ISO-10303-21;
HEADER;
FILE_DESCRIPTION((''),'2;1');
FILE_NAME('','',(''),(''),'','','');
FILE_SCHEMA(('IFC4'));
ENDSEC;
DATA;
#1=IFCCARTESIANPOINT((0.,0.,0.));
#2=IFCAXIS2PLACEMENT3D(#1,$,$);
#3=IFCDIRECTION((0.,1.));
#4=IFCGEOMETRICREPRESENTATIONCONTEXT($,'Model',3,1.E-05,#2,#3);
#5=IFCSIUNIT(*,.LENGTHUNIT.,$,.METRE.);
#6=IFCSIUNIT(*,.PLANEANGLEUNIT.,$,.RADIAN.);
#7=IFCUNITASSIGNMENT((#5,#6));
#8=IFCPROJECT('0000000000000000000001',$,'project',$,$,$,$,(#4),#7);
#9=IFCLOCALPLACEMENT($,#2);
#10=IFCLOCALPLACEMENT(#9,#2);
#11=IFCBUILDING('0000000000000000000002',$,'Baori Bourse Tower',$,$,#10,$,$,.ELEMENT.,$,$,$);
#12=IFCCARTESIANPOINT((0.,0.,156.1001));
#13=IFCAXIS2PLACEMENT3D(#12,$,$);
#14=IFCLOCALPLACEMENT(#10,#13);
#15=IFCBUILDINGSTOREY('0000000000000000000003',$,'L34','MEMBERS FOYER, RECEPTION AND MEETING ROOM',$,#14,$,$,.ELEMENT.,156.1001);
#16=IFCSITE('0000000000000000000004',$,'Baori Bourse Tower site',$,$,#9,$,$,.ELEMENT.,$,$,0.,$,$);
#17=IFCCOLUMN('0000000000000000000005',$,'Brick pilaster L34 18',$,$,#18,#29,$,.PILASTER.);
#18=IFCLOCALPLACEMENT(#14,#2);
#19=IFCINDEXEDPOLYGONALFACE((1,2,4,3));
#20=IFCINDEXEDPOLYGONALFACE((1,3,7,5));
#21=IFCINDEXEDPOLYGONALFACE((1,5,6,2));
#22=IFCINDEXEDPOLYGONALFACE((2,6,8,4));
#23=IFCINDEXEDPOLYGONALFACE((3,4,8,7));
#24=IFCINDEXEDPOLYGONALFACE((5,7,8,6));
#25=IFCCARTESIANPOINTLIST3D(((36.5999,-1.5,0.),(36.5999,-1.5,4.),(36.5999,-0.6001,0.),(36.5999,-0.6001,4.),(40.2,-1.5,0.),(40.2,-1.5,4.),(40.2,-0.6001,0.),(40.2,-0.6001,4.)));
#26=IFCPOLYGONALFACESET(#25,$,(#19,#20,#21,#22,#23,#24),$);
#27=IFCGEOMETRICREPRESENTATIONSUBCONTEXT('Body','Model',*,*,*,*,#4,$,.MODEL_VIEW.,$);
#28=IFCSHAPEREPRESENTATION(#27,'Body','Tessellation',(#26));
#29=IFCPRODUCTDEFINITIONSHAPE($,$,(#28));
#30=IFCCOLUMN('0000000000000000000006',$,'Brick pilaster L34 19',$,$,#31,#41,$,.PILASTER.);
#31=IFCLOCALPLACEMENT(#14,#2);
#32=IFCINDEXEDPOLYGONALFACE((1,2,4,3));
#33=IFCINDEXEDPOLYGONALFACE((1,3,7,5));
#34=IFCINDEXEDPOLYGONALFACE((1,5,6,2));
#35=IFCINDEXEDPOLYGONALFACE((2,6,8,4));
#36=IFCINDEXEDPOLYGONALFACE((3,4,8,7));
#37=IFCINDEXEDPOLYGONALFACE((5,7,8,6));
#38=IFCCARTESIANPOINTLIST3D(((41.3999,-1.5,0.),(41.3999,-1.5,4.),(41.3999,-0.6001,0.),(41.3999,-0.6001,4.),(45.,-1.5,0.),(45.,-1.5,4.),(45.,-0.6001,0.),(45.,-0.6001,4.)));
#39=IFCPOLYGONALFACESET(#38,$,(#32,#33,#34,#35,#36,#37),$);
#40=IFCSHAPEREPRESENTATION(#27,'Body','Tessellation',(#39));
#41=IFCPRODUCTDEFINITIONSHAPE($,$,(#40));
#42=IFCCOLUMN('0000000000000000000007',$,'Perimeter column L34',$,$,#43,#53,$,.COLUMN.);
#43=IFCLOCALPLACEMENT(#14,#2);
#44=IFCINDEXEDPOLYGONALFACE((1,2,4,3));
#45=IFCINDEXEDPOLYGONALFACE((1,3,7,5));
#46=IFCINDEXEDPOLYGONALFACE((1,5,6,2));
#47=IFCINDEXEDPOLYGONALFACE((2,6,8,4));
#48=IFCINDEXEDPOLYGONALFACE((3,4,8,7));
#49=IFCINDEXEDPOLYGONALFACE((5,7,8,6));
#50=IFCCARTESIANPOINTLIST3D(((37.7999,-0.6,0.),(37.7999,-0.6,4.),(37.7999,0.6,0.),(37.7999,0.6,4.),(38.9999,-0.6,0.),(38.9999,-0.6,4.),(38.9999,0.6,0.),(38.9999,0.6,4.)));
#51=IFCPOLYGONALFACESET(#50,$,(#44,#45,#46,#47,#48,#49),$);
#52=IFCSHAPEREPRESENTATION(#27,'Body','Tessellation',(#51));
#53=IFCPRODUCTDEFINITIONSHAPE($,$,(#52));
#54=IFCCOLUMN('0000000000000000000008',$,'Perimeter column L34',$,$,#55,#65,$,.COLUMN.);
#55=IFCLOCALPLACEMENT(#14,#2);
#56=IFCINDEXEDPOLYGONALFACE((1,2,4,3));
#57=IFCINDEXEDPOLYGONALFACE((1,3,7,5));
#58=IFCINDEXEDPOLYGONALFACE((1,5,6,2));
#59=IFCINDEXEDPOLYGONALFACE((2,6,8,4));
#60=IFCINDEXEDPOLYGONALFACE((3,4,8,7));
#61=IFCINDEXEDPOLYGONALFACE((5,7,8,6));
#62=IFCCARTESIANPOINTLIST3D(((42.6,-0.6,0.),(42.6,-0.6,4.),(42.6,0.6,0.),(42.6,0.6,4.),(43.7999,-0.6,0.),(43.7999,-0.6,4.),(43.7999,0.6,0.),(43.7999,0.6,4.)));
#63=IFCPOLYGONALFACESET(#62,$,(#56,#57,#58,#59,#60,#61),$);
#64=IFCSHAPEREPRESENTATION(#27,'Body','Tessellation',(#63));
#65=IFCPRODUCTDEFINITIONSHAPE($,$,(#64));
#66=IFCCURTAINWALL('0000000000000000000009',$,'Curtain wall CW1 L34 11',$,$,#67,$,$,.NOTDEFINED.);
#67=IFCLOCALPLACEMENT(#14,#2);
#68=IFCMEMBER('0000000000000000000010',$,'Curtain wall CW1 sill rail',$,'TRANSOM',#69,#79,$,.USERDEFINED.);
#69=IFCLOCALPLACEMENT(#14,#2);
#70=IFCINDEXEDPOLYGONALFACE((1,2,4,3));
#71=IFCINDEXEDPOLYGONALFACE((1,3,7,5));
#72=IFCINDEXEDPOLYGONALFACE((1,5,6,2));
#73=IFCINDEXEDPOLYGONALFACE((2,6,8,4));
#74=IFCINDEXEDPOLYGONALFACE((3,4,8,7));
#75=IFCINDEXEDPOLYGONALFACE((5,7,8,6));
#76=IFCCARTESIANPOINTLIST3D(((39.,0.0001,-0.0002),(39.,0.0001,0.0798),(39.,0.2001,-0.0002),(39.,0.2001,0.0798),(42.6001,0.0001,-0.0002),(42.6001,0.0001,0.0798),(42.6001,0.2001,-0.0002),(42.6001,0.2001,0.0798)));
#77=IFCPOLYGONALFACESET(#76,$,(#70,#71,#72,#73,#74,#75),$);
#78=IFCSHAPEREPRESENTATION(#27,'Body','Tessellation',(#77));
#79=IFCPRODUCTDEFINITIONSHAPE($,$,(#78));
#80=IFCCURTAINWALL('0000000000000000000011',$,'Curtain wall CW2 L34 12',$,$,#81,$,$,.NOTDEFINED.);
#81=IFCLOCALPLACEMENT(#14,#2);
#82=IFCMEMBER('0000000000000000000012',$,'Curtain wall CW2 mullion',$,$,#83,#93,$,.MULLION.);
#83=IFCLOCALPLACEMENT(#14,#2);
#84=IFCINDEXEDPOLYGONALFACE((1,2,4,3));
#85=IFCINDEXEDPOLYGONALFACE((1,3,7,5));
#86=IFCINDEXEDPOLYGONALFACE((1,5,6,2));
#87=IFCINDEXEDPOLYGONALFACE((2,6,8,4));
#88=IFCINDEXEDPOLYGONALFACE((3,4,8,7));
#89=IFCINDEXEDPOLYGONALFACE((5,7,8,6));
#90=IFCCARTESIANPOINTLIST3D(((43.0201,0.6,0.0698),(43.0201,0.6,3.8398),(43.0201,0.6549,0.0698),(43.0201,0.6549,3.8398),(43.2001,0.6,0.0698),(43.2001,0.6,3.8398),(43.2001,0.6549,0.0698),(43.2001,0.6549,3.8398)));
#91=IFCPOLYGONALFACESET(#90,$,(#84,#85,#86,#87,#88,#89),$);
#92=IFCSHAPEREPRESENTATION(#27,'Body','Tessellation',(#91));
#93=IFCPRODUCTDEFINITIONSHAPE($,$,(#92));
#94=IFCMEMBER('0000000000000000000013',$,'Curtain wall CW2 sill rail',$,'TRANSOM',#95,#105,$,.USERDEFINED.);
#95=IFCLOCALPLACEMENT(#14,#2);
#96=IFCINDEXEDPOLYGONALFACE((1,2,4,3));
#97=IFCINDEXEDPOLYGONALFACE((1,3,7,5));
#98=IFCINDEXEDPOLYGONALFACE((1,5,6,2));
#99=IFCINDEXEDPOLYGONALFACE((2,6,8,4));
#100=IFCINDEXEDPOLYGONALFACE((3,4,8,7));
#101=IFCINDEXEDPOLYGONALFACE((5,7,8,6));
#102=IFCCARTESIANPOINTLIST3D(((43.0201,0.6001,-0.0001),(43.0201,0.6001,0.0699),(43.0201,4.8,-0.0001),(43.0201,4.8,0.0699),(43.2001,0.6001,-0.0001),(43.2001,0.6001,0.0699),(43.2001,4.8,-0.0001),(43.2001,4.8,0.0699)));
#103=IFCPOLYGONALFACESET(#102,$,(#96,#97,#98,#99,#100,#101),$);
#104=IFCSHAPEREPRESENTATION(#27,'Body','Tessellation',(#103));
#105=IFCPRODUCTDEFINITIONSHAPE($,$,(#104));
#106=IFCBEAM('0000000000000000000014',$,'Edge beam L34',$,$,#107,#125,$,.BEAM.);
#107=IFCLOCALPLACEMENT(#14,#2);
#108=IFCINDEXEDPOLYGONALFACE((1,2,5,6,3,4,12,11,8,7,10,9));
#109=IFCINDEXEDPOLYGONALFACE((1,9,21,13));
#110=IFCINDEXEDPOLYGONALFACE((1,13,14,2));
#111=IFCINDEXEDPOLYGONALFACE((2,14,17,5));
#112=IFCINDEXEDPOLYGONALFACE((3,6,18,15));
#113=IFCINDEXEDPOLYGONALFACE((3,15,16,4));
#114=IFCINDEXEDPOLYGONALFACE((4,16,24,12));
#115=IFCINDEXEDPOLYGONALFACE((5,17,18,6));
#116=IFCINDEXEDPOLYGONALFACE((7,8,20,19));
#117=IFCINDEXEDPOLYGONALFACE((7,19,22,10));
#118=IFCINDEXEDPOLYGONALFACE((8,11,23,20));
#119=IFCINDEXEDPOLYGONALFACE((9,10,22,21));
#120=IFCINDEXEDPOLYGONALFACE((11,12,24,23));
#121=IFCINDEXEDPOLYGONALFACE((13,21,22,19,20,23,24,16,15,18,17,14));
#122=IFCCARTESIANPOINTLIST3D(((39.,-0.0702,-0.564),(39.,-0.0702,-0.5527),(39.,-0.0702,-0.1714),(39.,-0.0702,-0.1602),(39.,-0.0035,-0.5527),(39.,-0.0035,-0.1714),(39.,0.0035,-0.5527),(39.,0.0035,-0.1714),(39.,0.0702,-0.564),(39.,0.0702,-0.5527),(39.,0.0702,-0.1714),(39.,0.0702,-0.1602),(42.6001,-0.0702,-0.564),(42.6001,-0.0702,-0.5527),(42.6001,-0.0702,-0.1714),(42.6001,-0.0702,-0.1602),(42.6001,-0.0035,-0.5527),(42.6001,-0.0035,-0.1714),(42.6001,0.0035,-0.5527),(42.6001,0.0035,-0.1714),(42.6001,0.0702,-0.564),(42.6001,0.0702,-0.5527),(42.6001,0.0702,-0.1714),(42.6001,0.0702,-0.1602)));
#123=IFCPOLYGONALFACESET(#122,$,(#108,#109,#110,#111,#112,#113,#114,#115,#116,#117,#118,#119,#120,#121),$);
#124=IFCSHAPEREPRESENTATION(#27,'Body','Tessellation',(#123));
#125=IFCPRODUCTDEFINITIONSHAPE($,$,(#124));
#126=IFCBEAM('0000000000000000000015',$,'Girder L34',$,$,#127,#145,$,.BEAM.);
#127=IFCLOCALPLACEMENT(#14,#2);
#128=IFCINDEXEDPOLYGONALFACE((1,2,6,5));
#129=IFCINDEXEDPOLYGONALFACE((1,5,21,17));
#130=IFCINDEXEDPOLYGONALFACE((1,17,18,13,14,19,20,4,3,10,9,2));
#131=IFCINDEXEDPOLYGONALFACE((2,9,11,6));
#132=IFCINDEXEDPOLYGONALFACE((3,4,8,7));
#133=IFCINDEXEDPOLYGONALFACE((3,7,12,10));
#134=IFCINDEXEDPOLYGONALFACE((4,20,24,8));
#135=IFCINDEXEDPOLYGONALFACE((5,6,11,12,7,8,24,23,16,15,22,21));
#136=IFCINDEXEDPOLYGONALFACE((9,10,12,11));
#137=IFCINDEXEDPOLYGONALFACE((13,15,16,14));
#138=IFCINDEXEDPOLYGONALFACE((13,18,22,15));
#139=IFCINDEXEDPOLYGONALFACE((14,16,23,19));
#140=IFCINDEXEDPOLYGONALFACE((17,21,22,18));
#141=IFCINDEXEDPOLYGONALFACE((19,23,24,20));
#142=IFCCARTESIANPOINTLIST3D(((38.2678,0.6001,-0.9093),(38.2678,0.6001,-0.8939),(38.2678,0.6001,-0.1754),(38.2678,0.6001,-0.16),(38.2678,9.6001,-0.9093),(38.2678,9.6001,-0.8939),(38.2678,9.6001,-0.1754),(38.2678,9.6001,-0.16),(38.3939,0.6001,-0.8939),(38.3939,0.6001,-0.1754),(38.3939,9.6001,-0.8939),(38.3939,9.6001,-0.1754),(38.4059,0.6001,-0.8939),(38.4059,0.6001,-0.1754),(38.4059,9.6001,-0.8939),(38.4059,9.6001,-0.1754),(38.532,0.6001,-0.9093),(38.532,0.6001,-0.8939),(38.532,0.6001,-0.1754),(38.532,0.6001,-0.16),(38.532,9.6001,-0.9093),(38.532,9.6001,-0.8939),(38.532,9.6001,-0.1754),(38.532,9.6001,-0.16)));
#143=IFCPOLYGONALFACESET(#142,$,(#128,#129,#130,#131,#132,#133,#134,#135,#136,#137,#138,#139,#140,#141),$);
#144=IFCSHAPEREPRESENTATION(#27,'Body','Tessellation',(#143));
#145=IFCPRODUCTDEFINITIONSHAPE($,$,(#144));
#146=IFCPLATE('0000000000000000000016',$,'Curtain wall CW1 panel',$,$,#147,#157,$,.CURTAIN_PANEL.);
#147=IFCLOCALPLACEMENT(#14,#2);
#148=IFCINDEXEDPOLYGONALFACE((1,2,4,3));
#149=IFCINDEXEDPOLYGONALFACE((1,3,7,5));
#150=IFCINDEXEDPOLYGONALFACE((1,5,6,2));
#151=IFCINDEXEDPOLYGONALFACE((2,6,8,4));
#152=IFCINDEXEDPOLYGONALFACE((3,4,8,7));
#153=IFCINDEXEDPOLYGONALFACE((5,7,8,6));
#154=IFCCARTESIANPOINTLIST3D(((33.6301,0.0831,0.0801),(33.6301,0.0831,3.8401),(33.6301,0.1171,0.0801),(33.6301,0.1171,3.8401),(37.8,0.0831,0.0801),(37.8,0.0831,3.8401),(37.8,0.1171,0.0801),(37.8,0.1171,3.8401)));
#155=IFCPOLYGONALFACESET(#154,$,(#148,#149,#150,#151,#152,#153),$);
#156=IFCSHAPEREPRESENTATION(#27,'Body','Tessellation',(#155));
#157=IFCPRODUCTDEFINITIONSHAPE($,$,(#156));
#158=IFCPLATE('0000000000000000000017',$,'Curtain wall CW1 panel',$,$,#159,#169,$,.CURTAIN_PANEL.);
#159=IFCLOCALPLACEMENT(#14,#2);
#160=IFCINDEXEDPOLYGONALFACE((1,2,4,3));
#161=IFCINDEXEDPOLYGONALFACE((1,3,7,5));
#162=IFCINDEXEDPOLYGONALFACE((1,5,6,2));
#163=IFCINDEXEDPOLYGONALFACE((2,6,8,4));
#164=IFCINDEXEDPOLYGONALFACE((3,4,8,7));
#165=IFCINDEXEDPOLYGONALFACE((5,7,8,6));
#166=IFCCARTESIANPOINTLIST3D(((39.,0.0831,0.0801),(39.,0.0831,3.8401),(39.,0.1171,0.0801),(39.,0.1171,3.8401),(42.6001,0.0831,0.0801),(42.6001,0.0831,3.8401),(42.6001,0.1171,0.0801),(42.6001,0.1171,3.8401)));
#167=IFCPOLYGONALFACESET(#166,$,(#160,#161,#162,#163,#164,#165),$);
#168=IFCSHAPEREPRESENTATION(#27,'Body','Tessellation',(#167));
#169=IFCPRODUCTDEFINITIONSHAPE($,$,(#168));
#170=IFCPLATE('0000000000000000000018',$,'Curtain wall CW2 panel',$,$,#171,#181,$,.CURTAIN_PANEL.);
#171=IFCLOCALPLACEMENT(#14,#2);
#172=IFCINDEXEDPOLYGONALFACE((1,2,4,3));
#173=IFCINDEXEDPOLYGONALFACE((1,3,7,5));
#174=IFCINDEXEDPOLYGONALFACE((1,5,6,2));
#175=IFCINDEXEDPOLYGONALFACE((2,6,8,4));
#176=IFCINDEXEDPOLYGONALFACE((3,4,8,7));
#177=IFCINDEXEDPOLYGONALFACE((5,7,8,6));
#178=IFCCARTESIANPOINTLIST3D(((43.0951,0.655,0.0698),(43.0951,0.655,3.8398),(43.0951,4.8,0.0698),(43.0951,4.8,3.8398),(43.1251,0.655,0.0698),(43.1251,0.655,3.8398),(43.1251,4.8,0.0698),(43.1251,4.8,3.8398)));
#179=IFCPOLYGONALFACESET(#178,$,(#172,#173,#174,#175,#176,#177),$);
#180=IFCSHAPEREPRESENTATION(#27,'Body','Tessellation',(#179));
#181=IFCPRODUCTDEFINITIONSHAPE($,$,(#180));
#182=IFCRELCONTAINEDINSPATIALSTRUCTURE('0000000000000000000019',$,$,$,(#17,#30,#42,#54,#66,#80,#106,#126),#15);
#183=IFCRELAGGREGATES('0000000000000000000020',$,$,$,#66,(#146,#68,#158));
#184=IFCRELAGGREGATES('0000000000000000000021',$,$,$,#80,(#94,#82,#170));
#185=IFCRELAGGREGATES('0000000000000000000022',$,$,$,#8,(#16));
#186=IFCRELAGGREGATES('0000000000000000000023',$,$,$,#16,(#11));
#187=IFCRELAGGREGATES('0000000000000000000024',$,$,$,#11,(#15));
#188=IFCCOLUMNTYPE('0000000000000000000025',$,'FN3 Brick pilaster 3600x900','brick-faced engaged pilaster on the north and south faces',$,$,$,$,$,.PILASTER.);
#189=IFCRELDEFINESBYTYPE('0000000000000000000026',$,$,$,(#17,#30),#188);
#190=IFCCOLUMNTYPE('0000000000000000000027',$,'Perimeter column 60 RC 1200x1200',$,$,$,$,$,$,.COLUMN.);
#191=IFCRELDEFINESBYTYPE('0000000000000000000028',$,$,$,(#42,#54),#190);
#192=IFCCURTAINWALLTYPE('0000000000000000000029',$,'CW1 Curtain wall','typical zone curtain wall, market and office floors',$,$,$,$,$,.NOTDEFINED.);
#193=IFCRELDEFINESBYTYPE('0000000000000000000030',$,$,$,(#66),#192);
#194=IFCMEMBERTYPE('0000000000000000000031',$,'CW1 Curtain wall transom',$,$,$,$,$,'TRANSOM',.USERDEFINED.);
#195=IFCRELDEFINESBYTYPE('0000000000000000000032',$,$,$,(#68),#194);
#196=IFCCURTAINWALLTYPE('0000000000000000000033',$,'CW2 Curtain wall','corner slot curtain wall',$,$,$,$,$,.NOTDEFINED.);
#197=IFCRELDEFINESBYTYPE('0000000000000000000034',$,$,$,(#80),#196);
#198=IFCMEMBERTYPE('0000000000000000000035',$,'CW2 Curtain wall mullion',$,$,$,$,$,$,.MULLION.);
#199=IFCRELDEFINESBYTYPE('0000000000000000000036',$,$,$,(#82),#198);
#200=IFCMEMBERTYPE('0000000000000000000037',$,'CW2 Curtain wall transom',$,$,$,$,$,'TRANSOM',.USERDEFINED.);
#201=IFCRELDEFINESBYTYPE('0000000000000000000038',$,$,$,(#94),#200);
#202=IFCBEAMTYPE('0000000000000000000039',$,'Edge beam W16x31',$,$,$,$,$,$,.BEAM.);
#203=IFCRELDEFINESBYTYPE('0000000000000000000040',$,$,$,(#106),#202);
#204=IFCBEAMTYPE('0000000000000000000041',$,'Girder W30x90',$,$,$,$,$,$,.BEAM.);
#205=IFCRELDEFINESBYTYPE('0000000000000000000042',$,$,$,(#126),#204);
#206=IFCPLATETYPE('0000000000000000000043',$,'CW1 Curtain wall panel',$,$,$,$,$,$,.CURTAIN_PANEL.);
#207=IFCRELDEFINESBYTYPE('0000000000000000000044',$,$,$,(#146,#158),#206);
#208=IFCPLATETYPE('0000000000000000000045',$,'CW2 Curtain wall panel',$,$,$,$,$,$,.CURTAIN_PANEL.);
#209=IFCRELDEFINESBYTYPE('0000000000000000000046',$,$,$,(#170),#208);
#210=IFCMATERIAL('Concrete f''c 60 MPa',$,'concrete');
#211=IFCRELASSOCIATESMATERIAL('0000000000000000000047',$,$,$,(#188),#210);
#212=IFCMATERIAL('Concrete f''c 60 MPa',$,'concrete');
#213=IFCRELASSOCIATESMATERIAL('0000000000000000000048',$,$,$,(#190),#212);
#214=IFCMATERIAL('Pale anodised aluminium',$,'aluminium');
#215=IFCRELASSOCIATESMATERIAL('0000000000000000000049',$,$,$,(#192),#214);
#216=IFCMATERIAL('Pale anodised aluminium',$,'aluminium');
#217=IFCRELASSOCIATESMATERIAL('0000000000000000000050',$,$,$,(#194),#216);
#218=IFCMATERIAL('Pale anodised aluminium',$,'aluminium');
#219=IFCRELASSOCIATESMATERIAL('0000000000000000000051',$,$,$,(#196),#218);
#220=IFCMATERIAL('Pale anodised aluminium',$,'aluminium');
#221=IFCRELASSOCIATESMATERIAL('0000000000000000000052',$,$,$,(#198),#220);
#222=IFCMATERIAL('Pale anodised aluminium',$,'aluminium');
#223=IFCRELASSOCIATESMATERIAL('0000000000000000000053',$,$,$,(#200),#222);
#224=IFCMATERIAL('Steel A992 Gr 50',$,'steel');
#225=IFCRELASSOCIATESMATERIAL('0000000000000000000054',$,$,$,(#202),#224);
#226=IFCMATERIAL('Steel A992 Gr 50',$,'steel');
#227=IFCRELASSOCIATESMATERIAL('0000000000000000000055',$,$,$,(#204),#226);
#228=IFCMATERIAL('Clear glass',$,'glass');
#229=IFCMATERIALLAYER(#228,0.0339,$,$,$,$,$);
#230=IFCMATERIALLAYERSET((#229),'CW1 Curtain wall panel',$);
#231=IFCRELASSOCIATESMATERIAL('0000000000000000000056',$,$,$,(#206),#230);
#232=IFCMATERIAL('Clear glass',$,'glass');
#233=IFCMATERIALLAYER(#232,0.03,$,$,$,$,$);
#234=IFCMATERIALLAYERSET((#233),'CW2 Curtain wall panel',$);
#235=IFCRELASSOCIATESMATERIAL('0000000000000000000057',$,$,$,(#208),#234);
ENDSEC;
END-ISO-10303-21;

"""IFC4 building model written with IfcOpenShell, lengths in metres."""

from ifc_helpers import new_model, si_unit, direction, frame, origin, origin_2d, place, context, subcontext, project, spatial, rectangle, i_section, extrude, material, layer, layer_set, material_profile, profile_set, type_object, element, aggregate, save


model = new_model("IFC4")

# Units and contexts
model_context = context("Model", 3, precision=1e-05, world=origin(), true_north=direction((0.0, 1.0)))
body_context = subcontext(model_context, "Body", "Model", "MODEL_VIEW")
ifc_project = project(units=[si_unit("LENGTHUNIT", "METRE"), si_unit("PLANEANGLEUNIT", "RADIAN")], contexts=[model_context])

# Site, building, storey
site_placement = place(None, origin())
site = spatial("IfcSite", under=ifc_project, at=site_placement, Name="Baori Bourse Tower site", CompositionType="ELEMENT", RefElevation=0.0)
building_placement = place(site_placement, origin())
building = spatial("IfcBuilding", under=site, at=building_placement, Name="Baori Bourse Tower", CompositionType="ELEMENT")
storey_placement = place(building_placement, frame((0.0, 0.0, 156.1001)))
storey = spatial("IfcBuildingStorey", under=building, at=storey_placement, Name="L34", Description="MEMBERS FOYER, RECEPTION AND MEETING ROOM", CompositionType="ELEMENT", Elevation=156.1001)

# Columns
ifc_material_1 = material(Name="Concrete f'c 60 MPa", Category="concrete")
ifc_material_profile_1 = material_profile(ifc_material_1, rectangle(XDim=3.6001, YDim=0.8999, at=origin_2d()), Name="RC 3600x900")
ifc_profile_set_1 = profile_set([ifc_material_profile_1], Name="Concrete f'c 60 MPa")
column_type_1 = type_object("IfcColumnType", Name="FN3 Brick pilaster 3600x900", Description="brick-faced engaged pilaster on the north and south faces", PredefinedType="PILASTER", material=ifc_profile_set_1)
for number, where, z_axis, x_axis, name in (
    (1, (38.3999, -1.05, 0.0), (0.0, 0.0, 1.0), (1.0, 0.0, 0.0), "Brick pilaster L34 18"),
    (2, (43.2, -1.05, 0.0), (0.0, 0.0, 1.0), (1.0, 0.0, 0.0), "Brick pilaster L34 19"),
):
    element("IfcColumn", number, at=place(storey_placement, frame(where, z_axis=z_axis, x_axis=x_axis)), inside=storey, type_object=column_type_1, Name=name, PredefinedType="PILASTER", context=body_context, shape_type="SweptSolid", body=[
        extrude(rectangle(XDim=3.6001, YDim=0.8999, at=origin_2d()), origin(), (0.0, 0.0, 1.0), 4.0),
    ])
ifc_material_2 = material(Name="Concrete f'c 60 MPa", Category="concrete")
ifc_material_profile_2 = material_profile(ifc_material_2, rectangle(XDim=1.2, YDim=1.2, at=origin_2d()), Name="RC 1200x1200")
ifc_profile_set_2 = profile_set([ifc_material_profile_2], Name="Concrete f'c 60 MPa")
column_type_2 = type_object("IfcColumnType", Name="Perimeter column 60 RC 1200x1200", PredefinedType="COLUMN", material=ifc_profile_set_2)
for number, where, z_axis, x_axis, name in (
    (3, (38.3999, 0.0, 0.0), (0.0, 0.0, 1.0), (1.0, 0.0, 0.0), "Perimeter column L34"),
    (4, (43.2, 0.0, 0.0), (0.0, 0.0, 1.0), (1.0, 0.0, 0.0), "Perimeter column L34"),
):
    element("IfcColumn", number, at=place(storey_placement, frame(where, z_axis=z_axis, x_axis=x_axis)), inside=storey, type_object=column_type_2, Name=name, PredefinedType="COLUMN", context=body_context, shape_type="SweptSolid", body=[
        extrude(rectangle(XDim=1.2, YDim=1.2, at=origin_2d()), origin(), (0.0, 0.0, 1.0), 4.0),
    ])

# Curtain wall, member
ifc_material_3 = material(Name="Pale anodised aluminium", Category="aluminium")
curtain_wall_type_1 = type_object("IfcCurtainWallType", Name="CW1 Curtain wall", Description="typical zone curtain wall, market and office floors", PredefinedType="NOTDEFINED", material=ifc_material_3)
curtain_wall_1_placement = place(storey_placement, origin())
curtain_wall_1 = element("IfcCurtainWall", 5, at=curtain_wall_1_placement, inside=storey, type_object=curtain_wall_type_1, Name="Curtain wall CW1 L34 11", PredefinedType="NOTDEFINED")
ifc_material_4 = material(Name="Pale anodised aluminium", Category="aluminium")
ifc_material_profile_3 = material_profile(ifc_material_4, rectangle(XDim=0.2, YDim=0.0801, at=origin_2d()), Name="Transom 80x200")
ifc_profile_set_3 = profile_set([ifc_material_profile_3], Name="Pale anodised aluminium")
member_type_1 = type_object("IfcMemberType", Name="CW1 Curtain wall transom", ElementType="TRANSOM", PredefinedType="USERDEFINED", material=ifc_profile_set_3)
member_1_placement = place(storey_placement, frame((39.0, 0.1001, 0.0398), z_axis=(1.0, 0.0, 0.0), x_axis=(0.0, 1.0, 0.0)))
member_1 = element("IfcMember", 6, at=member_1_placement, type_object=member_type_1, Name="Curtain wall CW1 sill rail", ObjectType="TRANSOM", PredefinedType="USERDEFINED", context=body_context, shape_type="SweptSolid", body=[
    extrude(rectangle(XDim=0.2, YDim=0.0801, at=origin_2d()), origin(), (0.0, 0.0, 1.0), 3.6001),
])

# Curtain wall, members
ifc_material_5 = material(Name="Pale anodised aluminium", Category="aluminium")
curtain_wall_type_2 = type_object("IfcCurtainWallType", Name="CW2 Curtain wall", Description="corner slot curtain wall", PredefinedType="NOTDEFINED", material=ifc_material_5)
curtain_wall_2_placement = place(storey_placement, origin())
curtain_wall_2 = element("IfcCurtainWall", 7, at=curtain_wall_2_placement, inside=storey, type_object=curtain_wall_type_2, Name="Curtain wall CW2 L34 12", PredefinedType="NOTDEFINED")
ifc_material_6 = material(Name="Pale anodised aluminium", Category="aluminium")
ifc_material_profile_4 = material_profile(ifc_material_6, rectangle(XDim=0.1799, YDim=0.0549, at=origin_2d()), Name="Mullion 55x180")
ifc_profile_set_4 = profile_set([ifc_material_profile_4], Name="Pale anodised aluminium")
member_type_2 = type_object("IfcMemberType", Name="CW2 Curtain wall mullion", PredefinedType="MULLION", material=ifc_profile_set_4)
member_2_placement = place(storey_placement, frame((43.1101, 0.6274, 0.0698), z_axis=(0.0, 0.0, 1.0), x_axis=(-1.0, 0.0, 0.0)))
member_2 = element("IfcMember", 8, at=member_2_placement, type_object=member_type_2, Name="Curtain wall CW2 mullion", PredefinedType="MULLION", context=body_context, shape_type="SweptSolid", body=[
    extrude(rectangle(XDim=0.1799, YDim=0.0549, at=origin_2d()), origin(), (0.0, 0.0, 1.0), 3.77),
])
ifc_material_7 = material(Name="Pale anodised aluminium", Category="aluminium")
ifc_material_profile_5 = material_profile(ifc_material_7, rectangle(XDim=0.1799, YDim=0.0701, at=origin_2d()), Name="Transom 70x180")
ifc_profile_set_5 = profile_set([ifc_material_profile_5], Name="Pale anodised aluminium")
member_type_3 = type_object("IfcMemberType", Name="CW2 Curtain wall transom", ElementType="TRANSOM", PredefinedType="USERDEFINED", material=ifc_profile_set_5)
member_3_placement = place(storey_placement, frame((43.1101, 0.6001, 0.0349), z_axis=(0.0, 1.0, 0.0), x_axis=(-1.0, 0.0, 0.0)))
member_3 = element("IfcMember", 9, at=member_3_placement, type_object=member_type_3, Name="Curtain wall CW2 sill rail", ObjectType="TRANSOM", PredefinedType="USERDEFINED", context=body_context, shape_type="SweptSolid", body=[
    extrude(rectangle(XDim=0.1799, YDim=0.0701, at=origin_2d()), origin(), (0.0, 0.0, 1.0), 4.2),
])

# Beams
ifc_material_8 = material(Name="Steel A992 Gr 50", Category="steel")
ifc_material_profile_6 = material_profile(ifc_material_8, i_section(OverallWidth=0.1404, OverallDepth=0.4038, WebThickness=0.0071, FlangeThickness=0.0112, at=origin_2d()), Name="W16x31")
ifc_profile_set_6 = profile_set([ifc_material_profile_6], Name="Steel A992 Gr 50")
beam_type_1 = type_object("IfcBeamType", Name="Edge beam W16x31", PredefinedType="BEAM", material=ifc_profile_set_6)
beam_1_placement = place(storey_placement, frame((39.0, 0.0, -0.3621), z_axis=(1.0, 0.0, 0.0), x_axis=(0.0, 1.0, 0.0)))
element("IfcBeam", 10, at=beam_1_placement, inside=storey, type_object=beam_type_1, Name="Edge beam L34", PredefinedType="BEAM", context=body_context, shape_type="SweptSolid", body=[
    extrude(i_section(OverallWidth=0.1404, OverallDepth=0.4038, WebThickness=0.0071, FlangeThickness=0.0112, at=origin_2d()), origin(), (0.0, 0.0, 1.0), 3.6001),
])
ifc_material_9 = material(Name="Steel A992 Gr 50", Category="steel")
ifc_material_profile_7 = material_profile(ifc_material_9, i_section(OverallWidth=0.2642, OverallDepth=0.7493, WebThickness=0.012, FlangeThickness=0.0154, at=origin_2d()), Name="W30x90")
ifc_profile_set_7 = profile_set([ifc_material_profile_7], Name="Steel A992 Gr 50")
beam_type_2 = type_object("IfcBeamType", Name="Girder W30x90", PredefinedType="BEAM", material=ifc_profile_set_7)
beam_2_placement = place(storey_placement, frame((38.3999, 0.6001, -0.5347), z_axis=(0.0, 1.0, 0.0), x_axis=(-1.0, 0.0, 0.0)))
element("IfcBeam", 11, at=beam_2_placement, inside=storey, type_object=beam_type_2, Name="Girder L34", PredefinedType="BEAM", context=body_context, shape_type="SweptSolid", body=[
    extrude(i_section(OverallWidth=0.2642, OverallDepth=0.7493, WebThickness=0.012, FlangeThickness=0.0154, at=origin_2d()), origin(), (0.0, 0.0, 1.0), 9.0),
])

# Plates
ifc_material_10 = material(Name="Clear glass", Category="glass")
ifc_layer_1 = layer(ifc_material_10, 0.0339)
ifc_layer_set_1 = layer_set([ifc_layer_1], Name="CW1 Curtain wall panel")
plate_type_1 = type_object("IfcPlateType", Name="CW1 Curtain wall panel", PredefinedType="CURTAIN_PANEL", material=ifc_layer_set_1)
plate_1_placement = place(storey_placement, frame((35.7151, 0.1001, 0.0801), z_axis=(0.0, 0.0, 1.0), x_axis=(1.0, 0.0, 0.0)))
plate_1 = element("IfcPlate", 12, at=plate_1_placement, type_object=plate_type_1, Name="Curtain wall CW1 panel", PredefinedType="CURTAIN_PANEL", context=body_context, shape_type="SweptSolid", body=[
    extrude(rectangle(XDim=4.1699, YDim=0.0339, at=origin_2d()), origin(), (0.0, 0.0, 1.0), 3.76),
])
plate_2_placement = place(storey_placement, frame((40.8, 0.1001, 0.0801), z_axis=(0.0, 0.0, 1.0), x_axis=(1.0, 0.0, 0.0)))
plate_2 = element("IfcPlate", 13, at=plate_2_placement, type_object=plate_type_1, Name="Curtain wall CW1 panel", PredefinedType="CURTAIN_PANEL", context=body_context, shape_type="SweptSolid", body=[
    extrude(rectangle(XDim=3.6001, YDim=0.0339, at=origin_2d()), origin(), (0.0, 0.0, 1.0), 3.76),
])
aggregate(curtain_wall_1, [plate_1, member_1, plate_2])
ifc_material_11 = material(Name="Clear glass", Category="glass")
ifc_layer_2 = layer(ifc_material_11, 0.03)
ifc_layer_set_2 = layer_set([ifc_layer_2], Name="CW2 Curtain wall panel")
plate_type_2 = type_object("IfcPlateType", Name="CW2 Curtain wall panel", PredefinedType="CURTAIN_PANEL", material=ifc_layer_set_2)
plate_3_placement = place(storey_placement, frame((43.1101, 2.7275, 0.0698), z_axis=(0.0, 0.0, 1.0), x_axis=(0.0, 1.0, 0.0)))
plate_3 = element("IfcPlate", 14, at=plate_3_placement, type_object=plate_type_2, Name="Curtain wall CW2 panel", PredefinedType="CURTAIN_PANEL", context=body_context, shape_type="SweptSolid", body=[
    extrude(rectangle(XDim=4.145, YDim=0.03, at=origin_2d()), origin(), (0.0, 0.0, 1.0), 3.77),
])
aggregate(curtain_wall_2, [member_3, member_2, plate_3])

save(model, "model.ifc")
